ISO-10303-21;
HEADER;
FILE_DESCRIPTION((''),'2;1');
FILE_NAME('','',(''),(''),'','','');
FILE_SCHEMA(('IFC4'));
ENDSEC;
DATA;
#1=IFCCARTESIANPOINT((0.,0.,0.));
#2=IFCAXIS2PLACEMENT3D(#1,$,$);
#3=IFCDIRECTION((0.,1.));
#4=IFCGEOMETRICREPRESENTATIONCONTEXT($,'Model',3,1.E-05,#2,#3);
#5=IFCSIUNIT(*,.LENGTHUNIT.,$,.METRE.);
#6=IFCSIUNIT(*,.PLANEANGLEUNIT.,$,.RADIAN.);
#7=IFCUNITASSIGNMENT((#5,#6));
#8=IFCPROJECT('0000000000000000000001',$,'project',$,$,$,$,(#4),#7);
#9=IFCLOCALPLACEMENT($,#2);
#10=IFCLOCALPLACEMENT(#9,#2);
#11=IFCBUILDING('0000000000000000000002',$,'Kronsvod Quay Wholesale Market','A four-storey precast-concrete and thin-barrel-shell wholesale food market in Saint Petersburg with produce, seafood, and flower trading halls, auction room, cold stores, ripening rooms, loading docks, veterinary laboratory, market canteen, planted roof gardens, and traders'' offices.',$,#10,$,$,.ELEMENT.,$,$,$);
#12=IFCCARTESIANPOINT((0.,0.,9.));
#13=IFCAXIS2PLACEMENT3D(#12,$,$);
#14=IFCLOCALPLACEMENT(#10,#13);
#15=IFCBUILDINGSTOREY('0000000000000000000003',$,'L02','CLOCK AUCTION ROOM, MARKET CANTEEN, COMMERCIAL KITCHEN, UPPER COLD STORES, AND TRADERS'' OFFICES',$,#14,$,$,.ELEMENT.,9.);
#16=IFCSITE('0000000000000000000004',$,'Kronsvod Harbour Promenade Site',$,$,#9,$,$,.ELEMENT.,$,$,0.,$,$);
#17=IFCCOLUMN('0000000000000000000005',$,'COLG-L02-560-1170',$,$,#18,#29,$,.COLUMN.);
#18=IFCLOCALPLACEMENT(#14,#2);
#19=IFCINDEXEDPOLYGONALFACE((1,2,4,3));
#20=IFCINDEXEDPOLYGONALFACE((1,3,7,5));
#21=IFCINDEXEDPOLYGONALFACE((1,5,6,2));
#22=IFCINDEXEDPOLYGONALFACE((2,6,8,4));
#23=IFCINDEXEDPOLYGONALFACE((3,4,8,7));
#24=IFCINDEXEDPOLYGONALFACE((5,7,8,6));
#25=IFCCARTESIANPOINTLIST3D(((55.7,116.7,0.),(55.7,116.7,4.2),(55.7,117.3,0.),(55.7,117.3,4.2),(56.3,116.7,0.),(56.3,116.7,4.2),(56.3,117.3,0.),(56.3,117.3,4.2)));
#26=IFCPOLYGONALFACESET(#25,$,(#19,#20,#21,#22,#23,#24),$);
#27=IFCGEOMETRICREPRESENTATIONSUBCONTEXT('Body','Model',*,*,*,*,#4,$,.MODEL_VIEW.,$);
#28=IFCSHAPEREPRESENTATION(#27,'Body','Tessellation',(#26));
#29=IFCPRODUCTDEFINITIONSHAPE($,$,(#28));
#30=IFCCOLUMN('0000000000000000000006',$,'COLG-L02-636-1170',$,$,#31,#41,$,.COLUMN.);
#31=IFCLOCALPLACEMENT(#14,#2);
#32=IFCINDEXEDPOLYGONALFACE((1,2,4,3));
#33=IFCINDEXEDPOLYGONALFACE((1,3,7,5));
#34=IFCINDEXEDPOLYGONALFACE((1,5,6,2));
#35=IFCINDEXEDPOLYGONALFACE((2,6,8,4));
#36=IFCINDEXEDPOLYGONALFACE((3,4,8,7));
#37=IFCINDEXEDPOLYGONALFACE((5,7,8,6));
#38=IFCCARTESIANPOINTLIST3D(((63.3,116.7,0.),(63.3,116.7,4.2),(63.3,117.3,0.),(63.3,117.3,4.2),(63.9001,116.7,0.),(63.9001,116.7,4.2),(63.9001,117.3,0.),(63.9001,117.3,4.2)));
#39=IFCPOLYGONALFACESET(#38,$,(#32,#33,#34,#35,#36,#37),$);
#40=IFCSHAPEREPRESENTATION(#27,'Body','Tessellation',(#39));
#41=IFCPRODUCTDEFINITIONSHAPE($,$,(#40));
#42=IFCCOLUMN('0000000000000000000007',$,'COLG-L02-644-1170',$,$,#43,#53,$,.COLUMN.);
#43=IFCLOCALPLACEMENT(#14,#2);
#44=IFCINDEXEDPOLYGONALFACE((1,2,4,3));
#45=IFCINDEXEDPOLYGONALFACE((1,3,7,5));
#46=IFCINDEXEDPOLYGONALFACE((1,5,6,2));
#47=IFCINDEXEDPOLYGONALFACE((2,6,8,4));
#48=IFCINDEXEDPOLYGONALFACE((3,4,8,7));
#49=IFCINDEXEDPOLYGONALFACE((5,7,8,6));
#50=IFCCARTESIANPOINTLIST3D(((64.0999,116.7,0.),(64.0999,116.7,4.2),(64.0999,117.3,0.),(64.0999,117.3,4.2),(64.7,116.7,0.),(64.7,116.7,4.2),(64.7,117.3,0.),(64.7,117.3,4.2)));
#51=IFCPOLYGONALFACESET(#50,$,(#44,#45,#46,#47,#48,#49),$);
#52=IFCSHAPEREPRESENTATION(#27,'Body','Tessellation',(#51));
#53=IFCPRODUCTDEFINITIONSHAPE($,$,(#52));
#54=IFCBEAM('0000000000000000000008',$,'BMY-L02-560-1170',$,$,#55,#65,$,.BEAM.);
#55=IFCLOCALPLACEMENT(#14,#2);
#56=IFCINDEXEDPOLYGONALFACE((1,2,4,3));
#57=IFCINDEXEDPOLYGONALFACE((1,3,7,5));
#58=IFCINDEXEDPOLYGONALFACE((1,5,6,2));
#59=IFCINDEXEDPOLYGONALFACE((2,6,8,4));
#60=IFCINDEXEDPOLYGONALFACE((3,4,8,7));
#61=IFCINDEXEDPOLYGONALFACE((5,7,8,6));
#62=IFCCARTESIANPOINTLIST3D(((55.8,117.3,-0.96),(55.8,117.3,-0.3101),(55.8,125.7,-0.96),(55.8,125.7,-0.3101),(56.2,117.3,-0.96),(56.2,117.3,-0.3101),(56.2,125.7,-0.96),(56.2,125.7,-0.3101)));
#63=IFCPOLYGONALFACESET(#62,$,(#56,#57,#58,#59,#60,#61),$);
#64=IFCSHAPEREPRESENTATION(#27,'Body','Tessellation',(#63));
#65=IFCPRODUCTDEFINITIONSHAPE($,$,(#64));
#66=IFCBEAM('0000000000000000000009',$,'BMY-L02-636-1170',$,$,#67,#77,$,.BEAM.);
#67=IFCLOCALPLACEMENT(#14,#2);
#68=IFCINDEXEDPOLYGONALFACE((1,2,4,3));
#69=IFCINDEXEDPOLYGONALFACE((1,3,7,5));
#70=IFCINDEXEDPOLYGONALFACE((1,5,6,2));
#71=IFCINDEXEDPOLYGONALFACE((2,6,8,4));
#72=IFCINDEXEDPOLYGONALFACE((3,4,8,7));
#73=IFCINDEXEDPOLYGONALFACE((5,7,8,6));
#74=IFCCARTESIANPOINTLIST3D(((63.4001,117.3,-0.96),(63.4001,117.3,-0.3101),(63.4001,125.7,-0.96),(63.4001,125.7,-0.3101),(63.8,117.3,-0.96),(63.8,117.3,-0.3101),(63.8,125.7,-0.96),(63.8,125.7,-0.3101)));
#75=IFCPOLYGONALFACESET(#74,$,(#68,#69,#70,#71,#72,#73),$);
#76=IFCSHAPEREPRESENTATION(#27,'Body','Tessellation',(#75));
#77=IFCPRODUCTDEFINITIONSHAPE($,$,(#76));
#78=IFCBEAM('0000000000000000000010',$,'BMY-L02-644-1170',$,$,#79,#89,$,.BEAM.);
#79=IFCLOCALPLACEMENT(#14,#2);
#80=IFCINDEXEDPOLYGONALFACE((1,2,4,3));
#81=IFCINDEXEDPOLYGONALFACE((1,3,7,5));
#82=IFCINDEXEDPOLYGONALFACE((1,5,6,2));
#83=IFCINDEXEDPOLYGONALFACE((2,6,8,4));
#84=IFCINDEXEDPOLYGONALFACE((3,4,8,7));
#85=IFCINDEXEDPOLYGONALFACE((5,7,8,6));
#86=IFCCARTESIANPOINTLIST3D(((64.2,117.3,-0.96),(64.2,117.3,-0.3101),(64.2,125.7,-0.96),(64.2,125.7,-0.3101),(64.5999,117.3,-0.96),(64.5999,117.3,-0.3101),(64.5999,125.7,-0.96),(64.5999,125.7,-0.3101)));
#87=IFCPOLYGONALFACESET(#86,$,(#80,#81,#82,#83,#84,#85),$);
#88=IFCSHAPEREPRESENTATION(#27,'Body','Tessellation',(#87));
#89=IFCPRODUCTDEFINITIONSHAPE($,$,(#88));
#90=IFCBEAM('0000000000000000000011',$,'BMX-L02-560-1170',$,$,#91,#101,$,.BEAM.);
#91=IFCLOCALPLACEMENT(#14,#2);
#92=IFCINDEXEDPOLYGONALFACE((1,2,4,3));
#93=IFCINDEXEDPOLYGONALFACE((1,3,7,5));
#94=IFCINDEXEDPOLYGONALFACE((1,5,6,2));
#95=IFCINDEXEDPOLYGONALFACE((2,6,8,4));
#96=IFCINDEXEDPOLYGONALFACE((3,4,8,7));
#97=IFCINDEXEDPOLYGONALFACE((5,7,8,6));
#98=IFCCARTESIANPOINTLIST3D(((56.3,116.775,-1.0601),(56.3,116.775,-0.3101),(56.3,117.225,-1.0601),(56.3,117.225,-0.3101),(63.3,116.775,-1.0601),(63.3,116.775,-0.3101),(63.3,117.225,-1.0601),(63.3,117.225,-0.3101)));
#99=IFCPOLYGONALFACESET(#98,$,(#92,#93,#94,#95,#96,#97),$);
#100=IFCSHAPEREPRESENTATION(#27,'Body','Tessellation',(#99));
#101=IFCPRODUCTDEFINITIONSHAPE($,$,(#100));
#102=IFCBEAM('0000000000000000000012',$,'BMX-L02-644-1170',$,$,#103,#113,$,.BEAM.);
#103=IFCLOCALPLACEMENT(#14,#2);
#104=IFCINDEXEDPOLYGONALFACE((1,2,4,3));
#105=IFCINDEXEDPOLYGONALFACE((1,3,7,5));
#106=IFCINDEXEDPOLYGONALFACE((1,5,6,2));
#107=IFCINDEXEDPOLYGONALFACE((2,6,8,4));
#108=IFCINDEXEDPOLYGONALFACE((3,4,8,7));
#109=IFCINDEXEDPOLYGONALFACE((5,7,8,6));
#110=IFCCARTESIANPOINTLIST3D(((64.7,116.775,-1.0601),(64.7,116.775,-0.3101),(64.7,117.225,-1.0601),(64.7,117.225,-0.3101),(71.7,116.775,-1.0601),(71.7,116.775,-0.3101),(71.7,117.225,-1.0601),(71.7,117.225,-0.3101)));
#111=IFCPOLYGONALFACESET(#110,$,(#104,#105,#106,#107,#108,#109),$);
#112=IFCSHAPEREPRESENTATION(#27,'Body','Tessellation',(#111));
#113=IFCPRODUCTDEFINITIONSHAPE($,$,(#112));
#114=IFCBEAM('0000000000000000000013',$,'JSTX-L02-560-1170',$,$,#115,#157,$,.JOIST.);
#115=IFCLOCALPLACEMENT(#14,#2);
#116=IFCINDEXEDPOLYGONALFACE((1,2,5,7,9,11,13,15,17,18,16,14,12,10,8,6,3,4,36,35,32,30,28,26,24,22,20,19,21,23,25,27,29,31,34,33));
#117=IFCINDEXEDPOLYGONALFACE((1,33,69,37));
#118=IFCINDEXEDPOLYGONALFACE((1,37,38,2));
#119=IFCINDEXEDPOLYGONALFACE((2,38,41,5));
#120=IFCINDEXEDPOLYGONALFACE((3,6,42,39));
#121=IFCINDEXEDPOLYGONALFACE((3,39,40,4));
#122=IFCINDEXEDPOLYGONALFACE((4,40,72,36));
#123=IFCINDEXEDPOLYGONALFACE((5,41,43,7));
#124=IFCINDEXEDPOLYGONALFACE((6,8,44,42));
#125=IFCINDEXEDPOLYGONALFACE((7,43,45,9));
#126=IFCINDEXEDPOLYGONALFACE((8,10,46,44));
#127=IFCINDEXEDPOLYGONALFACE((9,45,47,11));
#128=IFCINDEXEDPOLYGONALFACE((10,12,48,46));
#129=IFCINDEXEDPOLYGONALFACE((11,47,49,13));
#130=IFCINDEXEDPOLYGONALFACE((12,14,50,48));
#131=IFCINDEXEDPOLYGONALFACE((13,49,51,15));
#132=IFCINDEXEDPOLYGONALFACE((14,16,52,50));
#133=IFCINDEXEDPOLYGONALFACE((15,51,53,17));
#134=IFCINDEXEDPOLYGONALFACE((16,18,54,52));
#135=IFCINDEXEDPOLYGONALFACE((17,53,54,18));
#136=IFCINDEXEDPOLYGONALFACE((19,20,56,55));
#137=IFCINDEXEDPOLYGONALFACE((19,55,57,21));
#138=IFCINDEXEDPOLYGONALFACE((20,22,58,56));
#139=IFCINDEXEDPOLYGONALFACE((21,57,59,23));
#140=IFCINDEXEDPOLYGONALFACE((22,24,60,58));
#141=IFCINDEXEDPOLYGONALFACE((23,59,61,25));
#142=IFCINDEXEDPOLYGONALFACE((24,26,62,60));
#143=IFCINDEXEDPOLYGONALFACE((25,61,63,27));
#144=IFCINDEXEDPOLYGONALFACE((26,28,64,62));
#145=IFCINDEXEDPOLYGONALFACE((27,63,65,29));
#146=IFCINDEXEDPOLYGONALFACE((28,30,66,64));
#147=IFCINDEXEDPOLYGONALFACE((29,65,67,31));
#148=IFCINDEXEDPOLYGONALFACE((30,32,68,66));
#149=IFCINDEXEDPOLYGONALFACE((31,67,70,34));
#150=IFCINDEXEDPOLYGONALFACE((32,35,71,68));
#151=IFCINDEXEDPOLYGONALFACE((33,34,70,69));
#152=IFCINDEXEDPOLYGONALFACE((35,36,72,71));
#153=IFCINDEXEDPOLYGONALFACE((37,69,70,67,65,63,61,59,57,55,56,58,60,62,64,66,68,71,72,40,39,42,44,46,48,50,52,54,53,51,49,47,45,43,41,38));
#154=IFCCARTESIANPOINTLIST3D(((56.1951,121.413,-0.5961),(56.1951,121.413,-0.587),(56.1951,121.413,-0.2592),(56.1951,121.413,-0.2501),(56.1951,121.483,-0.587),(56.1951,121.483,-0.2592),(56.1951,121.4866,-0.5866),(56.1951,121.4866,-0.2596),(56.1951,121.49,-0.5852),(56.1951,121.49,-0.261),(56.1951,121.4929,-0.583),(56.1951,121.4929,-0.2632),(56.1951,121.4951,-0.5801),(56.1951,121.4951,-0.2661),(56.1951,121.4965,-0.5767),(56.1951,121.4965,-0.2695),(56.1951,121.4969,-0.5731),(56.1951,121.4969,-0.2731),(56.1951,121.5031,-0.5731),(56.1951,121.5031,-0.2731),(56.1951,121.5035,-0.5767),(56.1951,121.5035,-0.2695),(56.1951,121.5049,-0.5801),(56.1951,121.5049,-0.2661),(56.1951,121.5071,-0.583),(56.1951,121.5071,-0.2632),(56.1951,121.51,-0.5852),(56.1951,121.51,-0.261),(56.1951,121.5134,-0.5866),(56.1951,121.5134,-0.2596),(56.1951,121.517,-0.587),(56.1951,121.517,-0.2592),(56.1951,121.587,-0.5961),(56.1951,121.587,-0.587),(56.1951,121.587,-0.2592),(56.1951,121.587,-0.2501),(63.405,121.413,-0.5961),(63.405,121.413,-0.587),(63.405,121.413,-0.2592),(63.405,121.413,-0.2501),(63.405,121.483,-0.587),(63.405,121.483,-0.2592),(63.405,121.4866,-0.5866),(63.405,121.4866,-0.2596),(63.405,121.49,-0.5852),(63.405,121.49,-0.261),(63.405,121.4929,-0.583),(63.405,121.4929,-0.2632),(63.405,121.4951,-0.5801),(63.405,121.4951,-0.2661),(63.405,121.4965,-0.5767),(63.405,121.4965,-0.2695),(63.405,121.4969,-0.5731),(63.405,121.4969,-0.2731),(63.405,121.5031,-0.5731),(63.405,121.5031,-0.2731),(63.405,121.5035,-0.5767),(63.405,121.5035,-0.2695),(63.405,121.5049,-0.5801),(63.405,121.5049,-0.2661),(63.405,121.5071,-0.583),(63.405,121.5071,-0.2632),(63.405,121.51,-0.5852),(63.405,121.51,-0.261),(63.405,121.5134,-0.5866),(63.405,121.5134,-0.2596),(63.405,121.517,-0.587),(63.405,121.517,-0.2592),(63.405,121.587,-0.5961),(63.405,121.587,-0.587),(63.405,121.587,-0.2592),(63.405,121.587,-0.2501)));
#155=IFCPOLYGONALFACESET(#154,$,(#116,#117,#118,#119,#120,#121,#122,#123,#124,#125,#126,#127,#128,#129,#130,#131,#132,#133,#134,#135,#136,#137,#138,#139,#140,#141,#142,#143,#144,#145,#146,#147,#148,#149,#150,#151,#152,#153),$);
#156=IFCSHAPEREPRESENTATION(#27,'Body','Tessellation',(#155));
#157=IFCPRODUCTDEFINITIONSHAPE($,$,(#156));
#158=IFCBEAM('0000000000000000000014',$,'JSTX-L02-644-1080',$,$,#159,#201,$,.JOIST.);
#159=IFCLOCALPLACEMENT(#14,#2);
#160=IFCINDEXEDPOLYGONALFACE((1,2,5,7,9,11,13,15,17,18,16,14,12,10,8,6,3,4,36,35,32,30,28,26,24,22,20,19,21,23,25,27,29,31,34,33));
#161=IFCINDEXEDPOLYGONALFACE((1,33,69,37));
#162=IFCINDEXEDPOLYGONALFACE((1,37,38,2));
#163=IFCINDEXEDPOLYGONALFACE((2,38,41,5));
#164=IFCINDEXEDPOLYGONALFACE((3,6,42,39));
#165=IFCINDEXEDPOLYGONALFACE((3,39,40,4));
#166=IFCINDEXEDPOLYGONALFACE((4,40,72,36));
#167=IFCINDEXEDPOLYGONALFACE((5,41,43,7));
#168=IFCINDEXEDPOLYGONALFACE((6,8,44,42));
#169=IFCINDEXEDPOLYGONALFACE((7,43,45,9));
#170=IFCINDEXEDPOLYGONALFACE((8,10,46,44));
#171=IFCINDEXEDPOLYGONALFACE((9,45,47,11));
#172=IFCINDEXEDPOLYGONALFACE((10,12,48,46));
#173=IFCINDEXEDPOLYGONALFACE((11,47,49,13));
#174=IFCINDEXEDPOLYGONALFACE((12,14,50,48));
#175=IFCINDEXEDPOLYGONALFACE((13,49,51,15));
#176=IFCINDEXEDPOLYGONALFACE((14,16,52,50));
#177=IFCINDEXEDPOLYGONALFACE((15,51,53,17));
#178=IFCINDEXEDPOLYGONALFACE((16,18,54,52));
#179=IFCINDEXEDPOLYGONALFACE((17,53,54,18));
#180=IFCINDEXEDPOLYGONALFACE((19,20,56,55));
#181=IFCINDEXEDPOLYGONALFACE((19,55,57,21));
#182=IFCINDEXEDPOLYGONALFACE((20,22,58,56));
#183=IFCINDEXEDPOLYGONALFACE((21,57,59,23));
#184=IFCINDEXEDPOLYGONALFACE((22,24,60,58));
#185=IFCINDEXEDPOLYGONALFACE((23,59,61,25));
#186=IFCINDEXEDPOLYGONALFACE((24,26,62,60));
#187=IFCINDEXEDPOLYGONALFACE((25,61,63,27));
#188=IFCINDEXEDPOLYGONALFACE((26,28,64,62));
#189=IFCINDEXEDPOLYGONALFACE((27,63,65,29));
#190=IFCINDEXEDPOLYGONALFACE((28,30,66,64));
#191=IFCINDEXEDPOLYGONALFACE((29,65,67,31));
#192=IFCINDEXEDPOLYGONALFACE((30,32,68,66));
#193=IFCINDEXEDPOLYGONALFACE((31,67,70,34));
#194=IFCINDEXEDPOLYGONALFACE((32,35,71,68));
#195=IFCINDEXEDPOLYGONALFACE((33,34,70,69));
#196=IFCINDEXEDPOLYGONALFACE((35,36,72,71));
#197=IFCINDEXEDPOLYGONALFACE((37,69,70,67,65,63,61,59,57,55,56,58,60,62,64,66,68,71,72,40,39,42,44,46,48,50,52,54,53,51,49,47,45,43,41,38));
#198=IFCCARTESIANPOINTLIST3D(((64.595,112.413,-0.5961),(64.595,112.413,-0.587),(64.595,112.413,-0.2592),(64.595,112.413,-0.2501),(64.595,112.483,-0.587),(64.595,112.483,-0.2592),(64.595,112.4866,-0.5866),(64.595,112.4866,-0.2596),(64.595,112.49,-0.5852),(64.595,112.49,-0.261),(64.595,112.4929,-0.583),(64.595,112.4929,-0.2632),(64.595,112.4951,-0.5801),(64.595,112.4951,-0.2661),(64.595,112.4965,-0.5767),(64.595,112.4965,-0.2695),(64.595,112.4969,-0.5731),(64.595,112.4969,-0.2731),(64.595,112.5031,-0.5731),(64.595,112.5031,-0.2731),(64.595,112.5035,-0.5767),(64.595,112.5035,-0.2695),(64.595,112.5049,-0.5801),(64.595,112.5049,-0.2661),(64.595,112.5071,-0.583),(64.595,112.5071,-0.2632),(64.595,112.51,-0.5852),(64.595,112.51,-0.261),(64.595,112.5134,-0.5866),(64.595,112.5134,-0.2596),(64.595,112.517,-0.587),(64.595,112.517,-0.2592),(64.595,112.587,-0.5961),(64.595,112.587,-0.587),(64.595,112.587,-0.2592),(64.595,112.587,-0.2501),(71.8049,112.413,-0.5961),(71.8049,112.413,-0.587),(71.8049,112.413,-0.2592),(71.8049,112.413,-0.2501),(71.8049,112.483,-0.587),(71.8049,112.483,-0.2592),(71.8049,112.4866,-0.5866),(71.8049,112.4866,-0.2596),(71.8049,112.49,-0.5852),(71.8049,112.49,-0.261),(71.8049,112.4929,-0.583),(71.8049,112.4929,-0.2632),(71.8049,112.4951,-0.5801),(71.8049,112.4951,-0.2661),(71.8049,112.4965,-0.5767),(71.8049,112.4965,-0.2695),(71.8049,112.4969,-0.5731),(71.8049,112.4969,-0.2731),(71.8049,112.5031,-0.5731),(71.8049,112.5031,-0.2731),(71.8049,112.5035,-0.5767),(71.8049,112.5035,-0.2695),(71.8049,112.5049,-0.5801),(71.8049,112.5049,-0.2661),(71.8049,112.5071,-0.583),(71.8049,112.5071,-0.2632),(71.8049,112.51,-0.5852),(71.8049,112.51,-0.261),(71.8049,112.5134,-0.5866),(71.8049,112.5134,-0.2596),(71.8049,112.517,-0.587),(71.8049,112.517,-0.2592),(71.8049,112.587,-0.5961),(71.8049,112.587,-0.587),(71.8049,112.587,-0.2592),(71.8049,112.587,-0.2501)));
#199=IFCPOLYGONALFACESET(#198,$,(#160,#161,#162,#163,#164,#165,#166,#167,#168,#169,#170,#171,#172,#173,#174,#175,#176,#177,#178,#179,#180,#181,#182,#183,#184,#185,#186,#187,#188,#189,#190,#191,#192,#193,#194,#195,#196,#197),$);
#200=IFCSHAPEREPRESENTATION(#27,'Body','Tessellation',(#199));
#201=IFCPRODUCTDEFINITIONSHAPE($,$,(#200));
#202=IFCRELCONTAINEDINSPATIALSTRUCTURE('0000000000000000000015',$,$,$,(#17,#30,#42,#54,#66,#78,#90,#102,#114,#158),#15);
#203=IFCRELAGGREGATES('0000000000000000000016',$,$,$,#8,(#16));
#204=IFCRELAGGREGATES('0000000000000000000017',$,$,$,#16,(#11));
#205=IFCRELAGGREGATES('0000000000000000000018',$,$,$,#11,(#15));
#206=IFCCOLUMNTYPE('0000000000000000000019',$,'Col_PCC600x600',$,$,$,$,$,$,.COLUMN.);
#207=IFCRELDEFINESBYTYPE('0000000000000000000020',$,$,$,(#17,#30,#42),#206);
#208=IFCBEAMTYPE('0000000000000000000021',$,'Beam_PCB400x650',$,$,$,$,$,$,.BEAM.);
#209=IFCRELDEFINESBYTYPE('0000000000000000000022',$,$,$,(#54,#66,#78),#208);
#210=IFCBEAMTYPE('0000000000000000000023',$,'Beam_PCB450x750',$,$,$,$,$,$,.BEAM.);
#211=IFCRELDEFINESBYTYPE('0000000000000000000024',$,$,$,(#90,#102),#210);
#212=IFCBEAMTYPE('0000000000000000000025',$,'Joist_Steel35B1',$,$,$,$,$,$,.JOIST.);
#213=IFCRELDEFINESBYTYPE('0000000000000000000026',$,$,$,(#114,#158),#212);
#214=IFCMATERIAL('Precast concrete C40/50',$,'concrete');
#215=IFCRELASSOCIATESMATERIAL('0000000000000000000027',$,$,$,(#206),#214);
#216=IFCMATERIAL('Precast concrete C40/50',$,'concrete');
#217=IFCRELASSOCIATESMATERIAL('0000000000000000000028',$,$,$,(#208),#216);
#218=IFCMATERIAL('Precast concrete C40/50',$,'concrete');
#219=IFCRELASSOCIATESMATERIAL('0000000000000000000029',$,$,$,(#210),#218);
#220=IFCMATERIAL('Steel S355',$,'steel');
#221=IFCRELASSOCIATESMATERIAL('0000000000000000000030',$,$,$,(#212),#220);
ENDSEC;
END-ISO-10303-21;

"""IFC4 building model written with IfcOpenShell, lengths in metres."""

from ifc_helpers import new_model, si_unit, direction, frame, origin, origin_2d, place, context, subcontext, project, spatial, rectangle, i_section, extrude, material, material_profile, profile_set, type_object, element, save


model = new_model("IFC4")

# Units and contexts
model_context = context("Model", 3, precision=1e-05, world=origin(), true_north=direction((0.0, 1.0)))
body_context = subcontext(model_context, "Body", "Model", "MODEL_VIEW")
ifc_project = project(units=[si_unit("LENGTHUNIT", "METRE"), si_unit("PLANEANGLEUNIT", "RADIAN")], contexts=[model_context])

# Site, building, storey
site_placement = place(None, origin())
site = spatial("IfcSite", under=ifc_project, at=site_placement, Name="Kronsvod Harbour Promenade Site", CompositionType="ELEMENT", RefElevation=0.0)
building_placement = place(site_placement, origin())
building = spatial("IfcBuilding", under=site, at=building_placement, Name="Kronsvod Quay Wholesale Market", Description="A four-storey precast-concrete and thin-barrel-shell wholesale food market in Saint Petersburg with produce, seafood, and flower trading halls, auction room, cold stores, ripening rooms, loading docks, veterinary laboratory, market canteen, planted roof gardens, and traders' offices.", CompositionType="ELEMENT")
storey_placement = place(building_placement, frame((0.0, 0.0, 9.0)))
storey = spatial("IfcBuildingStorey", under=building, at=storey_placement, Name="L02", Description="CLOCK AUCTION ROOM, MARKET CANTEEN, COMMERCIAL KITCHEN, UPPER COLD STORES, AND TRADERS' OFFICES", CompositionType="ELEMENT", Elevation=9.0)

# Columns
ifc_material_1 = material(Name="Precast concrete C40/50", Category="concrete")
ifc_material_profile_1 = material_profile(ifc_material_1, rectangle(XDim=0.6001, YDim=0.6001, at=origin_2d()), Name="PCC600x600")
ifc_profile_set_1 = profile_set([ifc_material_profile_1], Name="Precast concrete C40/50")
column_type = type_object("IfcColumnType", Name="Col_PCC600x600", PredefinedType="COLUMN", material=ifc_profile_set_1)
for number, where, z_axis, x_axis, name in (
    (1, (56.0, 117.0, 0.0), (0.0, 0.0, 1.0), (1.0, 0.0, 0.0), "COLG-L02-560-1170"),
    (2, (63.6001, 117.0, 0.0), (0.0, 0.0, 1.0), (1.0, 0.0, 0.0), "COLG-L02-636-1170"),
    (3, (64.3999, 117.0, 0.0), (0.0, 0.0, 1.0), (1.0, 0.0, 0.0), "COLG-L02-644-1170"),
):
    element("IfcColumn", number, at=place(storey_placement, frame(where, z_axis=z_axis, x_axis=x_axis)), inside=storey, type_object=column_type, Name=name, PredefinedType="COLUMN", context=body_context, shape_type="SweptSolid", body=[
        extrude(rectangle(XDim=0.6001, YDim=0.6001, at=origin_2d()), origin(), (0.0, 0.0, 1.0), 4.2),
    ])

# Beams
ifc_material_2 = material(Name="Precast concrete C40/50", Category="concrete")
ifc_material_profile_2 = material_profile(ifc_material_2, rectangle(XDim=0.3999, YDim=0.6499, at=origin_2d()), Name="PCB400x650")
ifc_profile_set_2 = profile_set([ifc_material_profile_2], Name="Precast concrete C40/50")
beam_type_1 = type_object("IfcBeamType", Name="Beam_PCB400x650", PredefinedType="BEAM", material=ifc_profile_set_2)
for number, where, z_axis, x_axis, name in (
    (4, (56.0, 117.3, -0.635), (0.0, 1.0, 0.0), (-1.0, 0.0, 0.0), "BMY-L02-560-1170"),
    (5, (63.6001, 117.3, -0.635), (0.0, 1.0, 0.0), (-1.0, 0.0, 0.0), "BMY-L02-636-1170"),
    (6, (64.3999, 117.3, -0.635), (0.0, 1.0, 0.0), (-1.0, 0.0, 0.0), "BMY-L02-644-1170"),
):
    element("IfcBeam", number, at=place(storey_placement, frame(where, z_axis=z_axis, x_axis=x_axis)), inside=storey, type_object=beam_type_1, Name=name, PredefinedType="BEAM", context=body_context, shape_type="SweptSolid", body=[
        extrude(rectangle(XDim=0.3999, YDim=0.6499, at=origin_2d()), origin(), (0.0, 0.0, 1.0), 8.3999),
    ])
ifc_material_3 = material(Name="Precast concrete C40/50", Category="concrete")
ifc_material_profile_3 = material_profile(ifc_material_3, rectangle(XDim=0.45, YDim=0.75, at=origin_2d()), Name="PCB450x750")
ifc_profile_set_3 = profile_set([ifc_material_profile_3], Name="Precast concrete C40/50")
beam_type_2 = type_object("IfcBeamType", Name="Beam_PCB450x750", PredefinedType="BEAM", material=ifc_profile_set_3)
for number, where, z_axis, x_axis, name in (
    (7, (56.3, 117.0, -0.6851), (1.0, 0.0, 0.0), (0.0, 1.0, 0.0), "BMX-L02-560-1170"),
    (8, (64.7, 117.0, -0.6851), (1.0, 0.0, 0.0), (0.0, 1.0, 0.0), "BMX-L02-644-1170"),
):
    element("IfcBeam", number, at=place(storey_placement, frame(where, z_axis=z_axis, x_axis=x_axis)), inside=storey, type_object=beam_type_2, Name=name, PredefinedType="BEAM", context=body_context, shape_type="SweptSolid", body=[
        extrude(rectangle(XDim=0.45, YDim=0.75, at=origin_2d()), origin(), (0.0, 0.0, 1.0), 7.0),
    ])
ifc_material_4 = material(Name="Steel S355", Category="steel")
ifc_material_profile_4 = material_profile(ifc_material_4, i_section(OverallWidth=0.1741, OverallDepth=0.3459, WebThickness=0.0061, FlangeThickness=0.009, FilletRadius=0.0139, at=origin_2d()), Name="35B1")
ifc_profile_set_4 = profile_set([ifc_material_profile_4], Name="Steel S355")
beam_type_3 = type_object("IfcBeamType", Name="Joist_Steel35B1", PredefinedType="JOIST", material=ifc_profile_set_4)
for number, where, z_axis, x_axis, name in (
    (9, (56.1951, 121.5, -0.4231), (1.0, 0.0, 0.0), (0.0, 1.0, 0.0), "JSTX-L02-560-1170"),
    (10, (64.595, 112.5, -0.4231), (1.0, 0.0, 0.0), (0.0, 1.0, 0.0), "JSTX-L02-644-1080"),
):
    element("IfcBeam", number, at=place(storey_placement, frame(where, z_axis=z_axis, x_axis=x_axis)), inside=storey, type_object=beam_type_3, Name=name, PredefinedType="JOIST", context=body_context, shape_type="SweptSolid", body=[
        extrude(i_section(OverallWidth=0.1741, OverallDepth=0.3459, WebThickness=0.0061, FlangeThickness=0.009, FilletRadius=0.0139, at=origin_2d()), origin(), (0.0, 0.0, 1.0), 7.21),
    ])

save(model, "model.ifc")
